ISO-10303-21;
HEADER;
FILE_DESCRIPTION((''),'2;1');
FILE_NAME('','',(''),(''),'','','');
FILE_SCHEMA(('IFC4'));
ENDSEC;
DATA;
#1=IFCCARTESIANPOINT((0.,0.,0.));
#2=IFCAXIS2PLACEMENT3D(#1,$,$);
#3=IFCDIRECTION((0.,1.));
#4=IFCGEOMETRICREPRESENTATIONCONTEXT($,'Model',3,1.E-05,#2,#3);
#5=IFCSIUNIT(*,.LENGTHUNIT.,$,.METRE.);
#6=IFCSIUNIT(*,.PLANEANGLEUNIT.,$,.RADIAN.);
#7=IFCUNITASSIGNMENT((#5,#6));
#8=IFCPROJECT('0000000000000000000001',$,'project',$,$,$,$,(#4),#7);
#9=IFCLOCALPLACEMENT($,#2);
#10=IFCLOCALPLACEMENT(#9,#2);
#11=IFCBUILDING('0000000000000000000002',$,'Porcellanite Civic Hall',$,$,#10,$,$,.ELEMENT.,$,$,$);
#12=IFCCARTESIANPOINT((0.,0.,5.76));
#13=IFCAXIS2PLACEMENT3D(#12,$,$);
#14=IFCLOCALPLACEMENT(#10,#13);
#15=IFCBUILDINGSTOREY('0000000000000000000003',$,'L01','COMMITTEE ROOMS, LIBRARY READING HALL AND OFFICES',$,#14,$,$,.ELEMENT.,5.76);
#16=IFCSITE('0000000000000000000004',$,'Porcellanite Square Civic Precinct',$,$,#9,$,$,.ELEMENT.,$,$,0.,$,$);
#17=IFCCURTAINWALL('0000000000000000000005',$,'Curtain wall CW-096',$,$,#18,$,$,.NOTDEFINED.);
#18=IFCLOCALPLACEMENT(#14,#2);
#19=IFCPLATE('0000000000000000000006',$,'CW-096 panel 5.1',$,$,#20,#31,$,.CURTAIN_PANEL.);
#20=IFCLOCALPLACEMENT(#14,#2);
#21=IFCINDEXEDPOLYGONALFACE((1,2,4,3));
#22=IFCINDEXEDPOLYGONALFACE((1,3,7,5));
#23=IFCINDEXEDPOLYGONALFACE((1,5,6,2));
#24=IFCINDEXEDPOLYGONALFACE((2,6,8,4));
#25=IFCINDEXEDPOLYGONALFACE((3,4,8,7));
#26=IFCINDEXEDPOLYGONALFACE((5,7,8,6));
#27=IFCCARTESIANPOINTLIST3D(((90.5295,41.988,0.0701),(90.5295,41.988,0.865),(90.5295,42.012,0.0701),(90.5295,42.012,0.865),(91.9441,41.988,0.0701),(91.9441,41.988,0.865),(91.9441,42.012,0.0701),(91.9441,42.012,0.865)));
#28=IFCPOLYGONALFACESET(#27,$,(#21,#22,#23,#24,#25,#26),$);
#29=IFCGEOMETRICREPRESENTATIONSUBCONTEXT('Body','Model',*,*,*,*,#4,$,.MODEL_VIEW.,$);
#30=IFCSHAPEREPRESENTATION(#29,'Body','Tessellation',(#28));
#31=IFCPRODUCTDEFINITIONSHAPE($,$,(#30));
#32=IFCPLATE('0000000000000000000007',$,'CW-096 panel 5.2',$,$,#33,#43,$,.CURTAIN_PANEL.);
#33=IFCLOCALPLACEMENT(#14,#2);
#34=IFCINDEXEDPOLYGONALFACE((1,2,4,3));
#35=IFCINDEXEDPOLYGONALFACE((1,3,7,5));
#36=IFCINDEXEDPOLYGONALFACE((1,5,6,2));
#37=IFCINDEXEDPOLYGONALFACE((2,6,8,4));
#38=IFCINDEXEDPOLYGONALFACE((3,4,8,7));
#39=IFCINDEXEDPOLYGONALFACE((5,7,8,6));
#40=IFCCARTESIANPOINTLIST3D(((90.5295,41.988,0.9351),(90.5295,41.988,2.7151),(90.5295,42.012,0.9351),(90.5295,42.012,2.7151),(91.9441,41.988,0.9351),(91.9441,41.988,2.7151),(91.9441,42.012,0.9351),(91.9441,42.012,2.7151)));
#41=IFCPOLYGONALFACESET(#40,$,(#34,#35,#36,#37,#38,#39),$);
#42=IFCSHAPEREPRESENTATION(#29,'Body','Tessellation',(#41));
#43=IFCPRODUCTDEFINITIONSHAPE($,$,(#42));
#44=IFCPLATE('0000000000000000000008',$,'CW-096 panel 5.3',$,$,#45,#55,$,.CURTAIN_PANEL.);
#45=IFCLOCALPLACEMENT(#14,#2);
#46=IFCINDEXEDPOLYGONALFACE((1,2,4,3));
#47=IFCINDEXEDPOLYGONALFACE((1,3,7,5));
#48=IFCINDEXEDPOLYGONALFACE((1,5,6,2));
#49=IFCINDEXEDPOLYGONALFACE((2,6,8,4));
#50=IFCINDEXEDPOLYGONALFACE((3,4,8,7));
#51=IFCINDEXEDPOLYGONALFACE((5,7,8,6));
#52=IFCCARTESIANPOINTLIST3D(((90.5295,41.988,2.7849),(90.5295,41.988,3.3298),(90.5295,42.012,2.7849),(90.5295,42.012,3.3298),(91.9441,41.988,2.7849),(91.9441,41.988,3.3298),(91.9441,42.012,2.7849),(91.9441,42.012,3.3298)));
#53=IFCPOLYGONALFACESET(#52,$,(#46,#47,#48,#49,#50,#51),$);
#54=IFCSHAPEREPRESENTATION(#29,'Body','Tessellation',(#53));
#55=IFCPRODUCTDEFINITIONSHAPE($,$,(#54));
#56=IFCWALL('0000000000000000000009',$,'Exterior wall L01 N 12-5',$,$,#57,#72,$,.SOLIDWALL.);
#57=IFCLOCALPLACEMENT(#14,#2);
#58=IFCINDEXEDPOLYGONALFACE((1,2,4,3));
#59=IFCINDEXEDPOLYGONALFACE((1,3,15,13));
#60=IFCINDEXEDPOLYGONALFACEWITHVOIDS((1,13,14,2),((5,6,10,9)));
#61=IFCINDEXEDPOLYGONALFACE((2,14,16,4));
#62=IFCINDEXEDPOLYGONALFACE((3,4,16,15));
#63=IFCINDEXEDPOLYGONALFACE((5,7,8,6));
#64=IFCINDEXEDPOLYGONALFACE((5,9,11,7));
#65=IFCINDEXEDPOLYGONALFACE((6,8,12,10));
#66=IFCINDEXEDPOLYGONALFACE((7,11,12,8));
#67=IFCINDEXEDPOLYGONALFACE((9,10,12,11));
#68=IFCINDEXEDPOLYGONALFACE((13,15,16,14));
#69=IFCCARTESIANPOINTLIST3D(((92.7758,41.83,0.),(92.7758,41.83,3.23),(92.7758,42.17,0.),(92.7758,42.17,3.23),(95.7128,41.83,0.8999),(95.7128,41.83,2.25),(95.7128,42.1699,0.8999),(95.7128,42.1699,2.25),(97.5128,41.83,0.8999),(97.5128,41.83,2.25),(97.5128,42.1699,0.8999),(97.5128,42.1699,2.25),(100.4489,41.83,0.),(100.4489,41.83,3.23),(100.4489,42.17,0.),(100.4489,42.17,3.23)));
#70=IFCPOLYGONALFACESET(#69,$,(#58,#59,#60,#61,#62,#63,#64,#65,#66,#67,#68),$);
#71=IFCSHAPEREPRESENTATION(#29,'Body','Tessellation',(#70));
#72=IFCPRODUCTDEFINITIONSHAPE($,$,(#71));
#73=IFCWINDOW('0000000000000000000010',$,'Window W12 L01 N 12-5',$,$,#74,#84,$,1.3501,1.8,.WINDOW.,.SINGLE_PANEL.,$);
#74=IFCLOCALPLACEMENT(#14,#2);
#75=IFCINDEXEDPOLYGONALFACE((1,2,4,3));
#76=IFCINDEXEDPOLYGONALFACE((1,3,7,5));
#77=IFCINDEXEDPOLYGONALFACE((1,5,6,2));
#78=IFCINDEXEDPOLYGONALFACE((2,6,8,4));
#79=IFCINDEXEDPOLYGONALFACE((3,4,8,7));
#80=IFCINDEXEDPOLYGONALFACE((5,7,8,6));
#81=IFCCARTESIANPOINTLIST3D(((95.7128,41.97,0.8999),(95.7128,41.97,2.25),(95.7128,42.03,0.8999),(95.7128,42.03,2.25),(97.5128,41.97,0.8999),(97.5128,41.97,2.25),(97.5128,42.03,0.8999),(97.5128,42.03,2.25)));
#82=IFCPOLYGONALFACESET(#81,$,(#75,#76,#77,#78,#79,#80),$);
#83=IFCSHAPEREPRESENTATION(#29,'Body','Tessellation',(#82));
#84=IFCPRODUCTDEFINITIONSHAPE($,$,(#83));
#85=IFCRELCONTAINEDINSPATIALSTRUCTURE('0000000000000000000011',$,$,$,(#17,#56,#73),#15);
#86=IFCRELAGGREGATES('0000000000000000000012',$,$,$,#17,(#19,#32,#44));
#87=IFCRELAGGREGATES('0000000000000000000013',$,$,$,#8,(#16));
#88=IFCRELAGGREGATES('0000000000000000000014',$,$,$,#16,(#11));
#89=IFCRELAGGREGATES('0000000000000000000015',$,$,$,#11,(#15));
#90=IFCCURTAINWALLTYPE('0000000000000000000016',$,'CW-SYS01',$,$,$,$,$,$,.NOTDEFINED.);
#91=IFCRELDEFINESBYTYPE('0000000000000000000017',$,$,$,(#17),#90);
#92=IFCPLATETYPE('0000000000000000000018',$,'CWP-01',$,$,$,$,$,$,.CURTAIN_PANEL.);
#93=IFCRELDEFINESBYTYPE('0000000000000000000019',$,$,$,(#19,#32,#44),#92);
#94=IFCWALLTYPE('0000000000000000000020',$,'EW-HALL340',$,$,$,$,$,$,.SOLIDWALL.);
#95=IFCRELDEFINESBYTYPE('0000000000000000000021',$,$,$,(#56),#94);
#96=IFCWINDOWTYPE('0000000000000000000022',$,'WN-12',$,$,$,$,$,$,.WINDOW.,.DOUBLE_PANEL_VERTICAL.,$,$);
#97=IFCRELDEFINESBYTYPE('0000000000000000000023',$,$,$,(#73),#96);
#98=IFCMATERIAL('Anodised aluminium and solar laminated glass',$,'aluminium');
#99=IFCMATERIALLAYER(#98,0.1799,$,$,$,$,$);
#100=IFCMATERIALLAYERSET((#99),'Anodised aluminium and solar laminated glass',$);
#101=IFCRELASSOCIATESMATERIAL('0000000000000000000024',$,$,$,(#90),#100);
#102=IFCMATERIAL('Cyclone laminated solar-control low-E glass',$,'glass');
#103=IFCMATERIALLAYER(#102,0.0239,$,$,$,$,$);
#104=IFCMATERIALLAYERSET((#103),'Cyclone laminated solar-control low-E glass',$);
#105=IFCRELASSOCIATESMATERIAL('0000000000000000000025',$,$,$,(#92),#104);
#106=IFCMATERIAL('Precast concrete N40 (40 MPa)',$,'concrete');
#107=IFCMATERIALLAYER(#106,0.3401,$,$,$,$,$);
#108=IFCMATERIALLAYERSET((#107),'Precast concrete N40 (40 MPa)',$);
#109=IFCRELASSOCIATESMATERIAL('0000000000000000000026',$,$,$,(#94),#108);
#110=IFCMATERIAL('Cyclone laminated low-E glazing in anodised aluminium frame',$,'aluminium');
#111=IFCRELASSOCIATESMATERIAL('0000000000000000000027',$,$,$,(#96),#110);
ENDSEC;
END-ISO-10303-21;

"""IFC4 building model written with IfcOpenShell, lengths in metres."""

from ifc_helpers import new_model, si_unit, direction, frame, frame_2d, origin, origin_2d, place, context, subcontext, project, spatial, rectangle, extrude, material, layer, layer_set, type_object, element, fill, aggregate, save


model = new_model("IFC4")

# Units and contexts
model_context = context("Model", 3, precision=1e-05, world=origin(), true_north=direction((0.0, 1.0)))
body_context = subcontext(model_context, "Body", "Model", "MODEL_VIEW")
ifc_project = project(units=[si_unit("LENGTHUNIT", "METRE"), si_unit("PLANEANGLEUNIT", "RADIAN")], contexts=[model_context])

# Site, building, storey
site_placement = place(None, origin())
site = spatial("IfcSite", under=ifc_project, at=site_placement, Name="Porcellanite Square Civic Precinct", CompositionType="ELEMENT", RefElevation=0.0)
building_placement = place(site_placement, origin())
building = spatial("IfcBuilding", under=site, at=building_placement, Name="Porcellanite Civic Hall", CompositionType="ELEMENT")
storey_placement = place(building_placement, frame((0.0, 0.0, 5.76)))
storey = spatial("IfcBuildingStorey", under=building, at=storey_placement, Name="L01", Description="COMMITTEE ROOMS, LIBRARY READING HALL AND OFFICES", CompositionType="ELEMENT", Elevation=5.76)

# Curtain wall
ifc_material_1 = material(Name="Anodised aluminium and solar laminated glass", Category="aluminium")
ifc_layer_1 = layer(ifc_material_1, 0.1799)
ifc_layer_set_1 = layer_set([ifc_layer_1], Name="Anodised aluminium and solar laminated glass")
curtain_wall_type = type_object("IfcCurtainWallType", Name="CW-SYS01", PredefinedType="NOTDEFINED", material=ifc_layer_set_1)
curtain_wall_placement = place(storey_placement, origin())
curtain_wall = element("IfcCurtainWall", 1, at=curtain_wall_placement, inside=storey, type_object=curtain_wall_type, Name="Curtain wall CW-096", PredefinedType="NOTDEFINED")

# Plates
ifc_material_2 = material(Name="Cyclone laminated solar-control low-E glass", Category="glass")
ifc_layer_2 = layer(ifc_material_2, 0.0239)
ifc_layer_set_2 = layer_set([ifc_layer_2], Name="Cyclone laminated solar-control low-E glass")
plate_type = type_object("IfcPlateType", Name="CWP-01", PredefinedType="CURTAIN_PANEL", material=ifc_layer_set_2)
plate_1_placement = place(storey_placement, frame((91.2368, 42.0, 0.0701), z_axis=(0.0, 0.0, 1.0), x_axis=(1.0, 0.0, 0.0)))
plate_1 = element("IfcPlate", 2, at=plate_1_placement, type_object=plate_type, Name="CW-096 panel 5.1", PredefinedType="CURTAIN_PANEL", context=body_context, shape_type="SweptSolid", body=[
    extrude(rectangle(XDim=1.4146, YDim=0.0239, at=origin_2d()), origin(), (0.0, 0.0, 1.0), 0.7949),
])
plate_2_placement = place(storey_placement, frame((91.2368, 42.0, 0.9351), z_axis=(0.0, 0.0, 1.0), x_axis=(1.0, 0.0, 0.0)))
plate_2 = element("IfcPlate", 3, at=plate_2_placement, type_object=plate_type, Name="CW-096 panel 5.2", PredefinedType="CURTAIN_PANEL", context=body_context, shape_type="SweptSolid", body=[
    extrude(rectangle(XDim=1.4146, YDim=0.0239, at=origin_2d()), origin(), (0.0, 0.0, 1.0), 1.78),
])
plate_3_placement = place(storey_placement, frame((91.2368, 42.0, 2.7849), z_axis=(0.0, 0.0, 1.0), x_axis=(1.0, 0.0, 0.0)))
plate_3 = element("IfcPlate", 4, at=plate_3_placement, type_object=plate_type, Name="CW-096 panel 5.3", PredefinedType="CURTAIN_PANEL", context=body_context, shape_type="SweptSolid", body=[
    extrude(rectangle(XDim=1.4146, YDim=0.0239, at=origin_2d()), origin(), (0.0, 0.0, 1.0), 0.5449),
])
aggregate(curtain_wall, [plate_1, plate_2, plate_3])

# Wall, opening, window
ifc_material_3 = material(Name="Precast concrete N40 (40 MPa)", Category="concrete")
ifc_layer_3 = layer(ifc_material_3, 0.3401)
ifc_layer_set_3 = layer_set([ifc_layer_3], Name="Precast concrete N40 (40 MPa)")
wall_type_1 = type_object("IfcWallType", Name="EW-HALL340", PredefinedType="SOLIDWALL", material=ifc_layer_set_3)
wall_1_placement = place(storey_placement, frame((92.7759, 42.0, 0.0), z_axis=(0.0, 0.0, 1.0), x_axis=(1.0, 0.0, 0.0)))
wall_1 = element("IfcWall", 5, at=wall_1_placement, inside=storey, type_object=wall_type_1, Name="Exterior wall L01 N 12-5", PredefinedType="SOLIDWALL", context=body_context, shape_type="SweptSolid", body=[
    extrude(rectangle(XDim=7.6731, YDim=0.3401, at=frame_2d((3.8364, 0.0))), origin(), (0.0, 0.0, 1.0), 3.23),
])
opening_1_placement = place(wall_1_placement, frame((2.937, 0.0, 0.8999)))
opening_1 = element("IfcOpeningElement", 6, at=opening_1_placement, cuts=wall_1, PredefinedType="OPENING", context=body_context, shape_type="SweptSolid", body=[
    extrude(rectangle(XDim=1.8, YDim=1.3501, at=frame_2d((0.8999, 0.675))), frame((0.0, 0.1699, 0.0), z_axis=(0.0, -1.0, 0.0), x_axis=(1.0, 0.0, 0.0)), (0.0, 0.0, 1.0), 0.3401),
])
ifc_material_4 = material(Name="Cyclone laminated low-E glazing in anodised aluminium frame", Category="aluminium")
window_type_1 = type_object("IfcWindowType", Name="WN-12", PartitioningType="DOUBLE_PANEL_VERTICAL", PredefinedType="WINDOW", material=ifc_material_4)
window_1_placement = place(opening_1_placement, origin())
window_1 = element("IfcWindow", 7, at=window_1_placement, inside=storey, type_object=window_type_1, Name="Window W12 L01 N 12-5", OverallHeight=1.3501, OverallWidth=1.8, PartitioningType="SINGLE_PANEL", PredefinedType="WINDOW", context=body_context, shape_type="SweptSolid", body=[
    extrude(rectangle(XDim=1.8, YDim=1.3501, at=frame_2d((0.8999, 0.675))), frame((0.0, 0.03, 0.0), z_axis=(0.0, -1.0, 0.0), x_axis=(1.0, 0.0, 0.0)), (0.0, 0.0, 1.0), 0.0601),
])
fill(opening_1, window_1)

save(model, "model.ifc")
